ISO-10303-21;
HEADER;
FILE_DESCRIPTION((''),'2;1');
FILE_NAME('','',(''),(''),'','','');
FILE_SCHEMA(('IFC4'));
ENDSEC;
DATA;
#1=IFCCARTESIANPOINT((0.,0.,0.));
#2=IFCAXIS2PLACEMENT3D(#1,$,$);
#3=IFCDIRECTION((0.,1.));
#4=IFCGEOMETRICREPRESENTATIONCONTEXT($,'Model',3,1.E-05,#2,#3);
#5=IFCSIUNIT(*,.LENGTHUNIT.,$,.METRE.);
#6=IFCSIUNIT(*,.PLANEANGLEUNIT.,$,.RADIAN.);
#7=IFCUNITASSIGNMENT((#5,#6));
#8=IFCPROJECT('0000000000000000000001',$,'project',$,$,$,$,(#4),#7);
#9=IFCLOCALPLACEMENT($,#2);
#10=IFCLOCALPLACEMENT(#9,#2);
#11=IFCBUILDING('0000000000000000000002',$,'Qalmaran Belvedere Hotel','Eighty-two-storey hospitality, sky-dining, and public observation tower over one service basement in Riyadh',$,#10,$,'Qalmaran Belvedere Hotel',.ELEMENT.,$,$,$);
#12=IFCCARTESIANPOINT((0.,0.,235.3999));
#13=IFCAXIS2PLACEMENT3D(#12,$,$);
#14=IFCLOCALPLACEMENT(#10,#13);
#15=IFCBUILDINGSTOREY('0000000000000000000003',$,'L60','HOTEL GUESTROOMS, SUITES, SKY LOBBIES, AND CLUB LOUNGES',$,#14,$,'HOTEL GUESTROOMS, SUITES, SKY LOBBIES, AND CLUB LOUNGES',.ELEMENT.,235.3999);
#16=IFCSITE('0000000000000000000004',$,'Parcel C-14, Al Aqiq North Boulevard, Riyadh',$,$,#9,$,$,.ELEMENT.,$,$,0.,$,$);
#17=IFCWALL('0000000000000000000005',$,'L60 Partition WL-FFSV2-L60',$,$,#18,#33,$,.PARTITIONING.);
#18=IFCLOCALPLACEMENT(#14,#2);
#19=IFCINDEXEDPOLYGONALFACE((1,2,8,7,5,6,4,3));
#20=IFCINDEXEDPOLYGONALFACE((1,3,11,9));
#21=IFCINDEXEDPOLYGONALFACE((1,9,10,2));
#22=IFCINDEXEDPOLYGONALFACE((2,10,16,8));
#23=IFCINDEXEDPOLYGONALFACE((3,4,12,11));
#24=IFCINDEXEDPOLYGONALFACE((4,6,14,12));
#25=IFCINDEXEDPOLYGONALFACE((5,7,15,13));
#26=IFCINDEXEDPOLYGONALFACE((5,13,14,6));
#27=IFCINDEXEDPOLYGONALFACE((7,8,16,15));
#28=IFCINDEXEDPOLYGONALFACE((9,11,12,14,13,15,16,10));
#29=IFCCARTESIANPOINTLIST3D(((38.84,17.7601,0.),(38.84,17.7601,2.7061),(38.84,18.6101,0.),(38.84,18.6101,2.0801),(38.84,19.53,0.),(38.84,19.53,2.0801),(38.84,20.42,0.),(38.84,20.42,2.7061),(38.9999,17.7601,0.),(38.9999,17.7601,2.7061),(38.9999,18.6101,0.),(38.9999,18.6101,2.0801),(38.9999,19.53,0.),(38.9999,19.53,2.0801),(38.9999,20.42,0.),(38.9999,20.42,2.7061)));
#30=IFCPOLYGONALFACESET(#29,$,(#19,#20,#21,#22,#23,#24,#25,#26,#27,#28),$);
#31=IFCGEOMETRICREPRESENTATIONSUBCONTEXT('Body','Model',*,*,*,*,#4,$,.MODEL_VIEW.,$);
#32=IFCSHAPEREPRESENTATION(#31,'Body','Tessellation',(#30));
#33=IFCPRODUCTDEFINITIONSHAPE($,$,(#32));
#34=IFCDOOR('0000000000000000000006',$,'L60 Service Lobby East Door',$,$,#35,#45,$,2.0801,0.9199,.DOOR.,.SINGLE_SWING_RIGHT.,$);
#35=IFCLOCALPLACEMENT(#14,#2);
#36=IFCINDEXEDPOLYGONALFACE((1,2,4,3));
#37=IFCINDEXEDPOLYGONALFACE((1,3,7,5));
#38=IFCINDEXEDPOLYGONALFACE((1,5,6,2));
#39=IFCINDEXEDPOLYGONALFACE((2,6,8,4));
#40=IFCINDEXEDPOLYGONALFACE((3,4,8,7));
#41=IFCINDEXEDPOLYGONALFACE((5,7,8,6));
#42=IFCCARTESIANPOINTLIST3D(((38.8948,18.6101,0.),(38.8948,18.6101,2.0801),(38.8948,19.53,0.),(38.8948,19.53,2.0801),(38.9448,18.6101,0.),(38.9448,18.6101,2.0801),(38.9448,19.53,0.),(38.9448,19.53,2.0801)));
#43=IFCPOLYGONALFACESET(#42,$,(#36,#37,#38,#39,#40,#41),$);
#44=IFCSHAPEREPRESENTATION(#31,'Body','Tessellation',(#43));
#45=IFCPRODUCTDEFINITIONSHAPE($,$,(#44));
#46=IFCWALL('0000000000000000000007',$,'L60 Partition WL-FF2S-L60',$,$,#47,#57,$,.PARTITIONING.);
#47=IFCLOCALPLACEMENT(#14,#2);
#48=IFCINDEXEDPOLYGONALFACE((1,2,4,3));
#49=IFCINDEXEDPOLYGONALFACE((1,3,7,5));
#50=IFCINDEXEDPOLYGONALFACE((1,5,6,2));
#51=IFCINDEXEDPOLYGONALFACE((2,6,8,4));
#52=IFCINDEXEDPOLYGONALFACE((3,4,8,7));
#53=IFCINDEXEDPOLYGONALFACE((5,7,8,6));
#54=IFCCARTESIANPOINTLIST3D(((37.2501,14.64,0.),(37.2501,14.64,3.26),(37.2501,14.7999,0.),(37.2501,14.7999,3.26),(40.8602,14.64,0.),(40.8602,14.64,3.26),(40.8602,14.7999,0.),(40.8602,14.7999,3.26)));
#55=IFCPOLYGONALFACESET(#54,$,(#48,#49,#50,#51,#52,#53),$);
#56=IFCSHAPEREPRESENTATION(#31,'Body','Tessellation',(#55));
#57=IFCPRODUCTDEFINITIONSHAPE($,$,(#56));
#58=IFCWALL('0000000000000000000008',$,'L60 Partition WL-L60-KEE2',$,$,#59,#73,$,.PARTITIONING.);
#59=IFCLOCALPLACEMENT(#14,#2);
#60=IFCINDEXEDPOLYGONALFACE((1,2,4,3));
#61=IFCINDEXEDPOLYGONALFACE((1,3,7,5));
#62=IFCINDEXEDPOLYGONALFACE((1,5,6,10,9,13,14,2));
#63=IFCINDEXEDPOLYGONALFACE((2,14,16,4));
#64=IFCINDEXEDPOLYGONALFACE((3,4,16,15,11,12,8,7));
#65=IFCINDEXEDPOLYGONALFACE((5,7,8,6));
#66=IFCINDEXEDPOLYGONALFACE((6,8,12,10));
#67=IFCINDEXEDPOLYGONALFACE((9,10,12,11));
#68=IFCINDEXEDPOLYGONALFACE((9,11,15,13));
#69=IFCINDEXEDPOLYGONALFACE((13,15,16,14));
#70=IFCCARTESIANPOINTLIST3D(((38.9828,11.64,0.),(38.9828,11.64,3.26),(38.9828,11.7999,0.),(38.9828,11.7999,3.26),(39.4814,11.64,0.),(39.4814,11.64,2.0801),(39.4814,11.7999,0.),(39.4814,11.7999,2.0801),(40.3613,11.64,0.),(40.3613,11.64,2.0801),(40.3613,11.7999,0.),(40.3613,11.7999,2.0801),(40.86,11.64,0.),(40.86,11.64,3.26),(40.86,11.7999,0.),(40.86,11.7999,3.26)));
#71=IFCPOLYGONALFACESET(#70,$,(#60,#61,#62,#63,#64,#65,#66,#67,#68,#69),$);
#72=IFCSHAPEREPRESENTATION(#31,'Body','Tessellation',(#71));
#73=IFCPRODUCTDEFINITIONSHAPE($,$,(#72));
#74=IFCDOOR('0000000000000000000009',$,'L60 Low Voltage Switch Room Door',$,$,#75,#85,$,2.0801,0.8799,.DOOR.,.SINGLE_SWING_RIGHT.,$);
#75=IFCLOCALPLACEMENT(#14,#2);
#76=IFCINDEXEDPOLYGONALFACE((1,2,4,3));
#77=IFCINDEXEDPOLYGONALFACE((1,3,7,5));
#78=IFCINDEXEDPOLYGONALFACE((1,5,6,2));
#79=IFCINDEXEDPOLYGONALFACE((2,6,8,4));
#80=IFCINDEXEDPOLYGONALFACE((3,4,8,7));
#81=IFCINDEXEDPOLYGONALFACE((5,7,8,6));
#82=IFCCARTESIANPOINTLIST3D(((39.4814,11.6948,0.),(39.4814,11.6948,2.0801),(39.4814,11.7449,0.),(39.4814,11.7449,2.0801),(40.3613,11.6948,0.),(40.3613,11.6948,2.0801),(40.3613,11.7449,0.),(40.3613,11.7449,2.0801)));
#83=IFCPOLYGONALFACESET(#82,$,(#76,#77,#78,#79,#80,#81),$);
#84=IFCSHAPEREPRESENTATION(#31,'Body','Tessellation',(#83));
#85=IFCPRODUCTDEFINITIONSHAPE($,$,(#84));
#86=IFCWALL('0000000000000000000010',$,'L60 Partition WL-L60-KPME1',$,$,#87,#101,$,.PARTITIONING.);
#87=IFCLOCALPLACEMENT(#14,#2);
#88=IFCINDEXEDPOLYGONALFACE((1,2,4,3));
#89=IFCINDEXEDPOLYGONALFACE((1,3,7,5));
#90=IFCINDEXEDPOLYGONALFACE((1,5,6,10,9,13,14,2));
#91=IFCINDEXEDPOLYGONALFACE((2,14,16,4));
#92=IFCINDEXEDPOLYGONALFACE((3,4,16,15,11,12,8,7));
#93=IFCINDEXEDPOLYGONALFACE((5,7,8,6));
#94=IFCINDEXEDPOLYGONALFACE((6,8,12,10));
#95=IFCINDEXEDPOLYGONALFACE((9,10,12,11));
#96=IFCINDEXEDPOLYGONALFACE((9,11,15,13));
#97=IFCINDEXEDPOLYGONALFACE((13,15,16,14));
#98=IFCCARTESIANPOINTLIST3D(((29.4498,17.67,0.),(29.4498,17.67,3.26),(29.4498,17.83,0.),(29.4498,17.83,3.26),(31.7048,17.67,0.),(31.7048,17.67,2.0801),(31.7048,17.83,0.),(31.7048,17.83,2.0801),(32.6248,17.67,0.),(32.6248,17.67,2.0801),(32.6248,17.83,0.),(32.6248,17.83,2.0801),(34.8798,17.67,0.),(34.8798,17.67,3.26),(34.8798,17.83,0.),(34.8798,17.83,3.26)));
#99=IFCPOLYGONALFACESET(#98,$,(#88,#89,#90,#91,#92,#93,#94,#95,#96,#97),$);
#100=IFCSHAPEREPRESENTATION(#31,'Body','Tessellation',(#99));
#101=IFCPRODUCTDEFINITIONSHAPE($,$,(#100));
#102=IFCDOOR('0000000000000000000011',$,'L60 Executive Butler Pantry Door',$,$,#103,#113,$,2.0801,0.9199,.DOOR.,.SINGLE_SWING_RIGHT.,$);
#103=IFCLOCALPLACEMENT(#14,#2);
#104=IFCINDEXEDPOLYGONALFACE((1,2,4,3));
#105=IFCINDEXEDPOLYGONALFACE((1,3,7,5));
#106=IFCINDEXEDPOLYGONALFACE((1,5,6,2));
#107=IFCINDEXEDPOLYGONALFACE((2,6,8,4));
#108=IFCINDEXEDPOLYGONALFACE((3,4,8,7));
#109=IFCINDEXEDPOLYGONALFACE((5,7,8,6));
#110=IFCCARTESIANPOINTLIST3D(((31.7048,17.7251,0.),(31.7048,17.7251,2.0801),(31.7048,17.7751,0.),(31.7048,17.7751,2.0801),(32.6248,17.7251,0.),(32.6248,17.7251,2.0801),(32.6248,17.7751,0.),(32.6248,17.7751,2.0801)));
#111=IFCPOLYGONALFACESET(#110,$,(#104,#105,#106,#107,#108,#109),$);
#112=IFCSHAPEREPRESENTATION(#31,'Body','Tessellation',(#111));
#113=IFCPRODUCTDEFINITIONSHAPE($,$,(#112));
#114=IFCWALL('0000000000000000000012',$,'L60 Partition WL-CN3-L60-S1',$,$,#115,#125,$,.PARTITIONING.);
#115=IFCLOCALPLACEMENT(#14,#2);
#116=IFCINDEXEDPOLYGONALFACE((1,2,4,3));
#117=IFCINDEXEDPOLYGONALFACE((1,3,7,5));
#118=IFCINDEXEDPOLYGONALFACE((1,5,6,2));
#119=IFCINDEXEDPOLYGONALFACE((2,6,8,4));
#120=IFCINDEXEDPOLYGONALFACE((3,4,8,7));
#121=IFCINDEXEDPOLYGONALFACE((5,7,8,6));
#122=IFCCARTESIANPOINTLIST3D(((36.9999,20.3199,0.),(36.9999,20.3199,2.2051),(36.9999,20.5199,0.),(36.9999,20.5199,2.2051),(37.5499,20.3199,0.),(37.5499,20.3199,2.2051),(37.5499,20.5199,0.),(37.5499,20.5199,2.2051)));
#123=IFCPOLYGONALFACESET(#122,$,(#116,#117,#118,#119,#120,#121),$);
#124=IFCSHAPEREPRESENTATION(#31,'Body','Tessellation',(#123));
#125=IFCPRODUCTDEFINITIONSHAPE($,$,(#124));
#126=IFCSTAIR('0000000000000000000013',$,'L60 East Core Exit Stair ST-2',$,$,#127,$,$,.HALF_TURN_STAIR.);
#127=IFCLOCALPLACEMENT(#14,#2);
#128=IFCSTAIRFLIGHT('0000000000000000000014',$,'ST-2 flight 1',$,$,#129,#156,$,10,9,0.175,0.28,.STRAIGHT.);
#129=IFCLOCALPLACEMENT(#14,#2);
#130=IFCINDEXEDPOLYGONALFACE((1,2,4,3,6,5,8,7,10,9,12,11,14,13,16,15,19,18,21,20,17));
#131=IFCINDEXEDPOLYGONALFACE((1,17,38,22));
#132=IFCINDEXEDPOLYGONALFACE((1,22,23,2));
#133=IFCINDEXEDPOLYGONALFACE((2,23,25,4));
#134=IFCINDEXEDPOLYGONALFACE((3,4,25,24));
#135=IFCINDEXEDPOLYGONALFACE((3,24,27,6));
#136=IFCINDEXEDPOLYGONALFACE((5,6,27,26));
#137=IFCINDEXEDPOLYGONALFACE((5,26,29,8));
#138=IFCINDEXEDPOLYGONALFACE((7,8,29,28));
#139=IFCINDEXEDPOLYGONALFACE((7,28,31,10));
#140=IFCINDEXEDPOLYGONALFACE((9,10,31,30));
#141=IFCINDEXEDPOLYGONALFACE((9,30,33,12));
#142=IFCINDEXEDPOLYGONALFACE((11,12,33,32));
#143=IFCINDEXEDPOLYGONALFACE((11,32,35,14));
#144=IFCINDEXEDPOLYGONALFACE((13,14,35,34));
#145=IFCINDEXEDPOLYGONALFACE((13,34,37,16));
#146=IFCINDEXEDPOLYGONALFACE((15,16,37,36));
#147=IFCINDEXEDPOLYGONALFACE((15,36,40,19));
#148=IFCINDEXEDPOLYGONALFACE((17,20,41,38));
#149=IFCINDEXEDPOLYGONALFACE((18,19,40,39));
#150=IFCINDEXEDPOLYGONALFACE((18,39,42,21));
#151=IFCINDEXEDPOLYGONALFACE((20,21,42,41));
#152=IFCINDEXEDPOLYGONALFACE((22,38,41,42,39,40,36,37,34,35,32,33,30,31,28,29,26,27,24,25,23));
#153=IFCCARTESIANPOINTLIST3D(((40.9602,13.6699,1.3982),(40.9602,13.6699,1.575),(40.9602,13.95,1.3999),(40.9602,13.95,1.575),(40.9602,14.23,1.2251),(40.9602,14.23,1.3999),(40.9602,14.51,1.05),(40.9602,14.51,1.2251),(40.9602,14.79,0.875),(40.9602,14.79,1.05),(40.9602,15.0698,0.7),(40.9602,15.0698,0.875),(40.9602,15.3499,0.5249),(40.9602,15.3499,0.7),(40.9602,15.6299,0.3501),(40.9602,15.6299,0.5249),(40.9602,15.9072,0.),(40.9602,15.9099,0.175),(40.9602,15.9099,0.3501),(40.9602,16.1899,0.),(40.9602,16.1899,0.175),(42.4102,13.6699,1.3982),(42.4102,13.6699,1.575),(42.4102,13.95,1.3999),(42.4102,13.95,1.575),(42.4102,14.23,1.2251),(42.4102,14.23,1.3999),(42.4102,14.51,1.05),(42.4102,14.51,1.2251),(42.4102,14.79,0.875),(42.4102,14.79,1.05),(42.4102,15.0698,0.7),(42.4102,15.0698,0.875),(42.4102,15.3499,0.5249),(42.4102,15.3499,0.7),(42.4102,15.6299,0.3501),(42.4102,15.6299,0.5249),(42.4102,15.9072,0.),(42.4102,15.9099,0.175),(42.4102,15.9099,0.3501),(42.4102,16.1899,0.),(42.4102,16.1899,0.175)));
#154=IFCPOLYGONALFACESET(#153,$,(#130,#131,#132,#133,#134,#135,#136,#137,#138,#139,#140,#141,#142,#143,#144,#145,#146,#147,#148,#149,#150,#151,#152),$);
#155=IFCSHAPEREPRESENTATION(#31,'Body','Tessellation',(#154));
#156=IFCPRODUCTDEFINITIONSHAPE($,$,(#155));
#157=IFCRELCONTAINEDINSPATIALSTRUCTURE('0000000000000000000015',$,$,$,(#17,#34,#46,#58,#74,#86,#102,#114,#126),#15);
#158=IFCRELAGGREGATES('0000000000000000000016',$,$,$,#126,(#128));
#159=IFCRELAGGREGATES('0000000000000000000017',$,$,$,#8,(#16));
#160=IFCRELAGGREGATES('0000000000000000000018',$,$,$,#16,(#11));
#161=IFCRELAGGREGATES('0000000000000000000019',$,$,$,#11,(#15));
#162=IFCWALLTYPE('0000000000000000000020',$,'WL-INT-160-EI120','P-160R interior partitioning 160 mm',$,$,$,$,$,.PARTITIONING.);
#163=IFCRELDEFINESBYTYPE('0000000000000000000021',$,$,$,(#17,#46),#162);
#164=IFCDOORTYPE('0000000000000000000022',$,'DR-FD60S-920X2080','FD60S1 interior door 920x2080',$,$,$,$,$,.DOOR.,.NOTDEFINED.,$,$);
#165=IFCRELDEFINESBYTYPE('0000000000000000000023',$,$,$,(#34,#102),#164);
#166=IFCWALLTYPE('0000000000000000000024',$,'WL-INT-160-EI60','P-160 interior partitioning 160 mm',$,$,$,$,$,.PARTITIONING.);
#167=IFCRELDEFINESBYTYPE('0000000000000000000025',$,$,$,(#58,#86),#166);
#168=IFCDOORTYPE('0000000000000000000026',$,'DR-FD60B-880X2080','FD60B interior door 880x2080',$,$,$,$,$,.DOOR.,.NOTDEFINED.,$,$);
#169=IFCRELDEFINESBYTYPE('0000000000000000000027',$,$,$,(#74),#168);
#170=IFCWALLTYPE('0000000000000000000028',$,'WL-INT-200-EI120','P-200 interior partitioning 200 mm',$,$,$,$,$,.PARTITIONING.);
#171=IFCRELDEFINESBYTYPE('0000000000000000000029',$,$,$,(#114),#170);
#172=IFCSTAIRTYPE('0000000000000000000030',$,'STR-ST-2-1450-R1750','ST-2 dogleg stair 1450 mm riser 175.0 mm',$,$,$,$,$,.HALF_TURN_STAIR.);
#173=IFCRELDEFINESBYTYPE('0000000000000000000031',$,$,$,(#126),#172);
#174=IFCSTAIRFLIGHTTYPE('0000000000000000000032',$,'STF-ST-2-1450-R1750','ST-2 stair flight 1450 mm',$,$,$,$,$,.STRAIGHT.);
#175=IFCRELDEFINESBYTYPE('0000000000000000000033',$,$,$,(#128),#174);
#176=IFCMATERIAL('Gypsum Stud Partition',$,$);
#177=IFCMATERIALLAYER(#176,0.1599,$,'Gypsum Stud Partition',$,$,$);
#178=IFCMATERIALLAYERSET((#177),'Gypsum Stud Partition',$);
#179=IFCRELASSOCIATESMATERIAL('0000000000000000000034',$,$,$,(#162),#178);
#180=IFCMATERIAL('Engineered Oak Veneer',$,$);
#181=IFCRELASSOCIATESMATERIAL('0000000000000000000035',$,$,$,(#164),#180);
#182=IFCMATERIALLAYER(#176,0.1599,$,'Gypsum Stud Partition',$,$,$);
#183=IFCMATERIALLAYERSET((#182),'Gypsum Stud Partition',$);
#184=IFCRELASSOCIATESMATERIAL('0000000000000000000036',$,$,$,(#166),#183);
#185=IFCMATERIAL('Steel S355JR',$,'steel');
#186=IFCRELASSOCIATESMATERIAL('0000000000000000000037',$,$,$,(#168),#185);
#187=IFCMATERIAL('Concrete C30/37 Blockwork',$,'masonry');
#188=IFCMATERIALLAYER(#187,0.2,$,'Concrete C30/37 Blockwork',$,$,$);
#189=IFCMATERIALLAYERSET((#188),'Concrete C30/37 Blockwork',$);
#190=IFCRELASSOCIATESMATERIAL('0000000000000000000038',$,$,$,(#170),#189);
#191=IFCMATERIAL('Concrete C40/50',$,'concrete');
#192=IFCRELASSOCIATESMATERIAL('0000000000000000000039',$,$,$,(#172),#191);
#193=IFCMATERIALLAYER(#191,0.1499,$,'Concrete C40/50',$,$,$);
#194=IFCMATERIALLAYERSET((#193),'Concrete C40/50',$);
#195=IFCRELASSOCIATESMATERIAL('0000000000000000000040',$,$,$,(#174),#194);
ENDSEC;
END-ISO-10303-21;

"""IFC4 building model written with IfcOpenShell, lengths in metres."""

from ifc_helpers import new_model, si_unit, direction, frame, frame_2d, origin, place, context, subcontext, project, spatial, polyline, rectangle, outline, extrude, material, layer, layer_set, type_object, element, fill, aggregate, save


model = new_model("IFC4")

# Units and contexts
model_context = context("Model", 3, precision=1e-05, world=origin(), true_north=direction((0.0, 1.0)))
body_context = subcontext(model_context, "Body", "Model", "MODEL_VIEW")
ifc_project = project(units=[si_unit("LENGTHUNIT", "METRE"), si_unit("PLANEANGLEUNIT", "RADIAN")], contexts=[model_context])

# Site, building, storey
site_placement = place(None, origin())
site = spatial("IfcSite", under=ifc_project, at=site_placement, Name="Parcel C-14, Al Aqiq North Boulevard, Riyadh", CompositionType="ELEMENT", RefElevation=0.0)
building_placement = place(site_placement, origin())
building = spatial("IfcBuilding", under=site, at=building_placement, Name="Qalmaran Belvedere Hotel", Description="Eighty-two-storey hospitality, sky-dining, and public observation tower over one service basement in Riyadh", LongName="Qalmaran Belvedere Hotel", CompositionType="ELEMENT")
storey_placement = place(building_placement, frame((0.0, 0.0, 235.3999)))
storey = spatial("IfcBuildingStorey", under=building, at=storey_placement, Name="L60", Description="HOTEL GUESTROOMS, SUITES, SKY LOBBIES, AND CLUB LOUNGES", LongName="HOTEL GUESTROOMS, SUITES, SKY LOBBIES, AND CLUB LOUNGES", CompositionType="ELEMENT", Elevation=235.3999)

# Shared definitions
ifc_material_1 = material(Name="Steel S355JR", Category="steel")

# Shared definitions
ifc_material_2 = material(Name="Gypsum Stud Partition")

# Wall, opening, door
ifc_layer_1 = layer(ifc_material_2, 0.1599, Name="Gypsum Stud Partition")
ifc_layer_set_1 = layer_set([ifc_layer_1], Name="Gypsum Stud Partition")
wall_type_1 = type_object("IfcWallType", Name="WL-INT-160-EI120", Description="P-160R interior partitioning 160 mm", PredefinedType="PARTITIONING", material=ifc_layer_set_1)
wall_1_placement = place(storey_placement, frame((38.9199, 17.76, 0.0), z_axis=(0.0, 0.0, 1.0), x_axis=(0.0, 1.0, 0.0)))
wall_1 = element("IfcWall", 1, at=wall_1_placement, inside=storey, type_object=wall_type_1, Name="L60 Partition WL-FFSV2-L60", PredefinedType="PARTITIONING", context=body_context, shape_type="SweptSolid", body=[
    extrude(rectangle(XDim=2.6599, YDim=0.1599, at=frame_2d((1.3301, 0.0))), origin(), (0.0, 0.0, 1.0), 2.7061),
])
opening_1_placement = place(wall_1_placement, frame((1.77, 0.0, 0.0), z_axis=(0.0, 0.0, 1.0), x_axis=(-1.0, 0.0, 0.0)))
opening_1 = element("IfcOpeningElement", 2, at=opening_1_placement, cuts=wall_1, PredefinedType="OPENING", context=body_context, shape_type="SweptSolid", body=[
    extrude(rectangle(XDim=0.9199, YDim=2.0801, at=frame_2d((0.46, 1.04))), frame((0.0, 0.0898, 0.0), z_axis=(0.0, -1.0, 0.0), x_axis=(1.0, 0.0, 0.0)), (0.0, 0.0, 1.0), 0.1799),
])
ifc_material_3 = material(Name="Engineered Oak Veneer")
door_type_1 = type_object("IfcDoorType", Name="DR-FD60S-920X2080", Description="FD60S1 interior door 920x2080", OperationType="NOTDEFINED", PredefinedType="DOOR", material=ifc_material_3)
door_1_placement = place(opening_1_placement, origin())
door_1 = element("IfcDoor", 3, at=door_1_placement, inside=storey, type_object=door_type_1, Name="L60 Service Lobby East Door", OperationType="SINGLE_SWING_RIGHT", OverallHeight=2.0801, OverallWidth=0.9199, PredefinedType="DOOR", context=body_context, shape_type="SweptSolid", body=[
    extrude(rectangle(XDim=0.9199, YDim=2.0801, at=frame_2d((0.46, 1.04))), frame((0.0, 0.0249, 0.0), z_axis=(0.0, -1.0, 0.0), x_axis=(1.0, 0.0, 0.0)), (0.0, 0.0, 1.0), 0.05),
])
fill(opening_1, door_1)

# Wall
wall_2_placement = place(storey_placement, frame((37.25, 14.72, 0.0), z_axis=(0.0, 0.0, 1.0), x_axis=(1.0, 0.0, 0.0)))
element("IfcWall", 4, at=wall_2_placement, inside=storey, type_object=wall_type_1, Name="L60 Partition WL-FF2S-L60", PredefinedType="PARTITIONING", context=body_context, shape_type="SweptSolid", body=[
    extrude(rectangle(XDim=3.6101, YDim=0.1599, at=frame_2d((1.8052, 0.0))), origin(), (0.0, 0.0, 1.0), 3.26),
])

# Walls, openings, doors
ifc_layer_2 = layer(ifc_material_2, 0.1599, Name="Gypsum Stud Partition")
ifc_layer_set_2 = layer_set([ifc_layer_2], Name="Gypsum Stud Partition")
wall_type_2 = type_object("IfcWallType", Name="WL-INT-160-EI60", Description="P-160 interior partitioning 160 mm", PredefinedType="PARTITIONING", material=ifc_layer_set_2)
wall_3_placement = place(storey_placement, frame((38.9829, 11.72, 0.0), z_axis=(0.0, 0.0, 1.0), x_axis=(1.0, 0.0, 0.0)))
wall_3 = element("IfcWall", 5, at=wall_3_placement, inside=storey, type_object=wall_type_2, Name="L60 Partition WL-L60-KEE2", PredefinedType="PARTITIONING", context=body_context, shape_type="SweptSolid", body=[
    extrude(rectangle(XDim=1.8772, YDim=0.1599, at=frame_2d((0.9385, 0.0))), origin(), (0.0, 0.0, 1.0), 3.26),
])
opening_2_placement = place(wall_3_placement, frame((0.4985, 0.0, 0.0)))
opening_2 = element("IfcOpeningElement", 6, at=opening_2_placement, cuts=wall_3, PredefinedType="OPENING", context=body_context, shape_type="SweptSolid", body=[
    extrude(rectangle(XDim=0.8799, YDim=2.0801, at=frame_2d((0.4399, 1.04))), frame((0.0, 0.0898, 0.0), z_axis=(0.0, -1.0, 0.0), x_axis=(1.0, 0.0, 0.0)), (0.0, 0.0, 1.0), 0.1799),
])
door_type_2 = type_object("IfcDoorType", Name="DR-FD60B-880X2080", Description="FD60B interior door 880x2080", OperationType="NOTDEFINED", PredefinedType="DOOR", material=ifc_material_1)
door_2_placement = place(opening_2_placement, origin())
door_2 = element("IfcDoor", 7, at=door_2_placement, inside=storey, type_object=door_type_2, Name="L60 Low Voltage Switch Room Door", OperationType="SINGLE_SWING_RIGHT", OverallHeight=2.0801, OverallWidth=0.8799, PredefinedType="DOOR", context=body_context, shape_type="SweptSolid", body=[
    extrude(rectangle(XDim=0.8799, YDim=2.0801, at=frame_2d((0.4399, 1.04))), frame((0.0, 0.0249, 0.0), z_axis=(0.0, -1.0, 0.0), x_axis=(1.0, 0.0, 0.0)), (0.0, 0.0, 1.0), 0.05),
])
fill(opening_2, door_2)
wall_4_placement = place(storey_placement, frame((29.45, 17.75, 0.0), z_axis=(0.0, 0.0, 1.0), x_axis=(1.0, 0.0, 0.0)))
wall_4 = element("IfcWall", 8, at=wall_4_placement, inside=storey, type_object=wall_type_2, Name="L60 Partition WL-L60-KPME1", PredefinedType="PARTITIONING", context=body_context, shape_type="SweptSolid", body=[
    extrude(rectangle(XDim=5.4299, YDim=0.1599, at=frame_2d((2.7148, 0.0))), origin(), (0.0, 0.0, 1.0), 3.26),
])
opening_3_placement = place(wall_4_placement, frame((3.1748, 0.0, 0.0), z_axis=(0.0, 0.0, 1.0), x_axis=(-1.0, 0.0, 0.0)))
opening_3 = element("IfcOpeningElement", 9, at=opening_3_placement, cuts=wall_4, PredefinedType="OPENING", context=body_context, shape_type="SweptSolid", body=[
    extrude(rectangle(XDim=0.9199, YDim=2.0801, at=frame_2d((0.46, 1.04))), frame((0.0, 0.0898, 0.0), z_axis=(0.0, -1.0, 0.0), x_axis=(1.0, 0.0, 0.0)), (0.0, 0.0, 1.0), 0.1799),
])
door_3_placement = place(opening_3_placement, origin())
door_3 = element("IfcDoor", 10, at=door_3_placement, inside=storey, type_object=door_type_1, Name="L60 Executive Butler Pantry Door", OperationType="SINGLE_SWING_RIGHT", OverallHeight=2.0801, OverallWidth=0.9199, PredefinedType="DOOR", context=body_context, shape_type="SweptSolid", body=[
    extrude(rectangle(XDim=0.9199, YDim=2.0801, at=frame_2d((0.46, 1.04))), frame((0.0, 0.0249, 0.0), z_axis=(0.0, -1.0, 0.0), x_axis=(1.0, 0.0, 0.0)), (0.0, 0.0, 1.0), 0.05),
])
fill(opening_3, door_3)
ifc_material_4 = material(Name="Concrete C30/37 Blockwork", Category="masonry")
ifc_layer_3 = layer(ifc_material_4, 0.2, Name="Concrete C30/37 Blockwork")
ifc_layer_set_3 = layer_set([ifc_layer_3], Name="Concrete C30/37 Blockwork")
wall_type_3 = type_object("IfcWallType", Name="WL-INT-200-EI120", Description="P-200 interior partitioning 200 mm", PredefinedType="PARTITIONING", material=ifc_layer_set_3)

# Wall
wall_5_placement = place(storey_placement, frame((37.0, 20.4199, 0.0), z_axis=(0.0, 0.0, 1.0), x_axis=(1.0, 0.0, 0.0)))
element("IfcWall", 11, at=wall_5_placement, inside=storey, type_object=wall_type_3, Name="L60 Partition WL-CN3-L60-S1", PredefinedType="PARTITIONING", context=body_context, shape_type="SweptSolid", body=[
    extrude(rectangle(XDim=0.55, YDim=0.2, at=frame_2d((0.2749, 0.0))), origin(), (0.0, 0.0, 1.0), 2.2051),
])

# Stair, stair flight
ifc_material_5 = material(Name="Concrete C40/50", Category="concrete")
stair_type = type_object("IfcStairType", Name="STR-ST-2-1450-R1750", Description="ST-2 dogleg stair 1450 mm riser 175.0 mm", PredefinedType="HALF_TURN_STAIR", material=ifc_material_5)
stair_placement = place(storey_placement, origin())
stair = element("IfcStair", 12, at=stair_placement, inside=storey, type_object=stair_type, Name="L60 East Core Exit Stair ST-2", PredefinedType="HALF_TURN_STAIR")
ifc_layer_4 = layer(ifc_material_5, 0.1499, Name="Concrete C40/50")
ifc_layer_set_4 = layer_set([ifc_layer_4], Name="Concrete C40/50")
stair_flight_type = type_object("IfcStairFlightType", Name="STF-ST-2-1450-R1750", Description="ST-2 stair flight 1450 mm", PredefinedType="STRAIGHT", material=ifc_layer_set_4)
stair_flight_placement = place(storey_placement, frame((41.6851, 16.1899, 0.0), z_axis=(0.0, 0.0, 1.0), x_axis=(0.0, -1.0, 0.0)))
stair_flight = element("IfcStairFlight", 13, at=stair_flight_placement, type_object=stair_flight_type, Name="ST-2 flight 1", NumberOfRisers=10, NumberOfTreads=9, PredefinedType="STRAIGHT", RiserHeight=0.175, TreadLength=0.28, context=body_context, shape_type="SweptSolid", body=[
    extrude(outline(polyline([(0.0, 0.0), (0.0, 0.175), (0.28, 0.175), (0.28, 0.3501), (0.5601, 0.3501), (0.5601, 0.5249), (0.8401, 0.5249), (0.8401, 0.7), (1.1201, 0.7), (1.1201, 0.875), (1.3999, 0.875), (1.3999, 1.05), (1.6799, 1.05), (1.6799, 1.2251), (1.96, 1.2251), (1.96, 1.3999), (2.24, 1.3999), (2.24, 1.575), (2.52, 1.575), (2.52, 1.75), (2.52, 1.3982), (0.2827, 0.0), (0.0, 0.0)])), frame((0.0, 0.7251, 0.0), z_axis=(0.0, -1.0, 0.0), x_axis=(1.0, 0.0, 0.0)), (0.0, 0.0, 1.0), 1.45),
])
aggregate(stair, [stair_flight])

save(model, "model.ifc")
